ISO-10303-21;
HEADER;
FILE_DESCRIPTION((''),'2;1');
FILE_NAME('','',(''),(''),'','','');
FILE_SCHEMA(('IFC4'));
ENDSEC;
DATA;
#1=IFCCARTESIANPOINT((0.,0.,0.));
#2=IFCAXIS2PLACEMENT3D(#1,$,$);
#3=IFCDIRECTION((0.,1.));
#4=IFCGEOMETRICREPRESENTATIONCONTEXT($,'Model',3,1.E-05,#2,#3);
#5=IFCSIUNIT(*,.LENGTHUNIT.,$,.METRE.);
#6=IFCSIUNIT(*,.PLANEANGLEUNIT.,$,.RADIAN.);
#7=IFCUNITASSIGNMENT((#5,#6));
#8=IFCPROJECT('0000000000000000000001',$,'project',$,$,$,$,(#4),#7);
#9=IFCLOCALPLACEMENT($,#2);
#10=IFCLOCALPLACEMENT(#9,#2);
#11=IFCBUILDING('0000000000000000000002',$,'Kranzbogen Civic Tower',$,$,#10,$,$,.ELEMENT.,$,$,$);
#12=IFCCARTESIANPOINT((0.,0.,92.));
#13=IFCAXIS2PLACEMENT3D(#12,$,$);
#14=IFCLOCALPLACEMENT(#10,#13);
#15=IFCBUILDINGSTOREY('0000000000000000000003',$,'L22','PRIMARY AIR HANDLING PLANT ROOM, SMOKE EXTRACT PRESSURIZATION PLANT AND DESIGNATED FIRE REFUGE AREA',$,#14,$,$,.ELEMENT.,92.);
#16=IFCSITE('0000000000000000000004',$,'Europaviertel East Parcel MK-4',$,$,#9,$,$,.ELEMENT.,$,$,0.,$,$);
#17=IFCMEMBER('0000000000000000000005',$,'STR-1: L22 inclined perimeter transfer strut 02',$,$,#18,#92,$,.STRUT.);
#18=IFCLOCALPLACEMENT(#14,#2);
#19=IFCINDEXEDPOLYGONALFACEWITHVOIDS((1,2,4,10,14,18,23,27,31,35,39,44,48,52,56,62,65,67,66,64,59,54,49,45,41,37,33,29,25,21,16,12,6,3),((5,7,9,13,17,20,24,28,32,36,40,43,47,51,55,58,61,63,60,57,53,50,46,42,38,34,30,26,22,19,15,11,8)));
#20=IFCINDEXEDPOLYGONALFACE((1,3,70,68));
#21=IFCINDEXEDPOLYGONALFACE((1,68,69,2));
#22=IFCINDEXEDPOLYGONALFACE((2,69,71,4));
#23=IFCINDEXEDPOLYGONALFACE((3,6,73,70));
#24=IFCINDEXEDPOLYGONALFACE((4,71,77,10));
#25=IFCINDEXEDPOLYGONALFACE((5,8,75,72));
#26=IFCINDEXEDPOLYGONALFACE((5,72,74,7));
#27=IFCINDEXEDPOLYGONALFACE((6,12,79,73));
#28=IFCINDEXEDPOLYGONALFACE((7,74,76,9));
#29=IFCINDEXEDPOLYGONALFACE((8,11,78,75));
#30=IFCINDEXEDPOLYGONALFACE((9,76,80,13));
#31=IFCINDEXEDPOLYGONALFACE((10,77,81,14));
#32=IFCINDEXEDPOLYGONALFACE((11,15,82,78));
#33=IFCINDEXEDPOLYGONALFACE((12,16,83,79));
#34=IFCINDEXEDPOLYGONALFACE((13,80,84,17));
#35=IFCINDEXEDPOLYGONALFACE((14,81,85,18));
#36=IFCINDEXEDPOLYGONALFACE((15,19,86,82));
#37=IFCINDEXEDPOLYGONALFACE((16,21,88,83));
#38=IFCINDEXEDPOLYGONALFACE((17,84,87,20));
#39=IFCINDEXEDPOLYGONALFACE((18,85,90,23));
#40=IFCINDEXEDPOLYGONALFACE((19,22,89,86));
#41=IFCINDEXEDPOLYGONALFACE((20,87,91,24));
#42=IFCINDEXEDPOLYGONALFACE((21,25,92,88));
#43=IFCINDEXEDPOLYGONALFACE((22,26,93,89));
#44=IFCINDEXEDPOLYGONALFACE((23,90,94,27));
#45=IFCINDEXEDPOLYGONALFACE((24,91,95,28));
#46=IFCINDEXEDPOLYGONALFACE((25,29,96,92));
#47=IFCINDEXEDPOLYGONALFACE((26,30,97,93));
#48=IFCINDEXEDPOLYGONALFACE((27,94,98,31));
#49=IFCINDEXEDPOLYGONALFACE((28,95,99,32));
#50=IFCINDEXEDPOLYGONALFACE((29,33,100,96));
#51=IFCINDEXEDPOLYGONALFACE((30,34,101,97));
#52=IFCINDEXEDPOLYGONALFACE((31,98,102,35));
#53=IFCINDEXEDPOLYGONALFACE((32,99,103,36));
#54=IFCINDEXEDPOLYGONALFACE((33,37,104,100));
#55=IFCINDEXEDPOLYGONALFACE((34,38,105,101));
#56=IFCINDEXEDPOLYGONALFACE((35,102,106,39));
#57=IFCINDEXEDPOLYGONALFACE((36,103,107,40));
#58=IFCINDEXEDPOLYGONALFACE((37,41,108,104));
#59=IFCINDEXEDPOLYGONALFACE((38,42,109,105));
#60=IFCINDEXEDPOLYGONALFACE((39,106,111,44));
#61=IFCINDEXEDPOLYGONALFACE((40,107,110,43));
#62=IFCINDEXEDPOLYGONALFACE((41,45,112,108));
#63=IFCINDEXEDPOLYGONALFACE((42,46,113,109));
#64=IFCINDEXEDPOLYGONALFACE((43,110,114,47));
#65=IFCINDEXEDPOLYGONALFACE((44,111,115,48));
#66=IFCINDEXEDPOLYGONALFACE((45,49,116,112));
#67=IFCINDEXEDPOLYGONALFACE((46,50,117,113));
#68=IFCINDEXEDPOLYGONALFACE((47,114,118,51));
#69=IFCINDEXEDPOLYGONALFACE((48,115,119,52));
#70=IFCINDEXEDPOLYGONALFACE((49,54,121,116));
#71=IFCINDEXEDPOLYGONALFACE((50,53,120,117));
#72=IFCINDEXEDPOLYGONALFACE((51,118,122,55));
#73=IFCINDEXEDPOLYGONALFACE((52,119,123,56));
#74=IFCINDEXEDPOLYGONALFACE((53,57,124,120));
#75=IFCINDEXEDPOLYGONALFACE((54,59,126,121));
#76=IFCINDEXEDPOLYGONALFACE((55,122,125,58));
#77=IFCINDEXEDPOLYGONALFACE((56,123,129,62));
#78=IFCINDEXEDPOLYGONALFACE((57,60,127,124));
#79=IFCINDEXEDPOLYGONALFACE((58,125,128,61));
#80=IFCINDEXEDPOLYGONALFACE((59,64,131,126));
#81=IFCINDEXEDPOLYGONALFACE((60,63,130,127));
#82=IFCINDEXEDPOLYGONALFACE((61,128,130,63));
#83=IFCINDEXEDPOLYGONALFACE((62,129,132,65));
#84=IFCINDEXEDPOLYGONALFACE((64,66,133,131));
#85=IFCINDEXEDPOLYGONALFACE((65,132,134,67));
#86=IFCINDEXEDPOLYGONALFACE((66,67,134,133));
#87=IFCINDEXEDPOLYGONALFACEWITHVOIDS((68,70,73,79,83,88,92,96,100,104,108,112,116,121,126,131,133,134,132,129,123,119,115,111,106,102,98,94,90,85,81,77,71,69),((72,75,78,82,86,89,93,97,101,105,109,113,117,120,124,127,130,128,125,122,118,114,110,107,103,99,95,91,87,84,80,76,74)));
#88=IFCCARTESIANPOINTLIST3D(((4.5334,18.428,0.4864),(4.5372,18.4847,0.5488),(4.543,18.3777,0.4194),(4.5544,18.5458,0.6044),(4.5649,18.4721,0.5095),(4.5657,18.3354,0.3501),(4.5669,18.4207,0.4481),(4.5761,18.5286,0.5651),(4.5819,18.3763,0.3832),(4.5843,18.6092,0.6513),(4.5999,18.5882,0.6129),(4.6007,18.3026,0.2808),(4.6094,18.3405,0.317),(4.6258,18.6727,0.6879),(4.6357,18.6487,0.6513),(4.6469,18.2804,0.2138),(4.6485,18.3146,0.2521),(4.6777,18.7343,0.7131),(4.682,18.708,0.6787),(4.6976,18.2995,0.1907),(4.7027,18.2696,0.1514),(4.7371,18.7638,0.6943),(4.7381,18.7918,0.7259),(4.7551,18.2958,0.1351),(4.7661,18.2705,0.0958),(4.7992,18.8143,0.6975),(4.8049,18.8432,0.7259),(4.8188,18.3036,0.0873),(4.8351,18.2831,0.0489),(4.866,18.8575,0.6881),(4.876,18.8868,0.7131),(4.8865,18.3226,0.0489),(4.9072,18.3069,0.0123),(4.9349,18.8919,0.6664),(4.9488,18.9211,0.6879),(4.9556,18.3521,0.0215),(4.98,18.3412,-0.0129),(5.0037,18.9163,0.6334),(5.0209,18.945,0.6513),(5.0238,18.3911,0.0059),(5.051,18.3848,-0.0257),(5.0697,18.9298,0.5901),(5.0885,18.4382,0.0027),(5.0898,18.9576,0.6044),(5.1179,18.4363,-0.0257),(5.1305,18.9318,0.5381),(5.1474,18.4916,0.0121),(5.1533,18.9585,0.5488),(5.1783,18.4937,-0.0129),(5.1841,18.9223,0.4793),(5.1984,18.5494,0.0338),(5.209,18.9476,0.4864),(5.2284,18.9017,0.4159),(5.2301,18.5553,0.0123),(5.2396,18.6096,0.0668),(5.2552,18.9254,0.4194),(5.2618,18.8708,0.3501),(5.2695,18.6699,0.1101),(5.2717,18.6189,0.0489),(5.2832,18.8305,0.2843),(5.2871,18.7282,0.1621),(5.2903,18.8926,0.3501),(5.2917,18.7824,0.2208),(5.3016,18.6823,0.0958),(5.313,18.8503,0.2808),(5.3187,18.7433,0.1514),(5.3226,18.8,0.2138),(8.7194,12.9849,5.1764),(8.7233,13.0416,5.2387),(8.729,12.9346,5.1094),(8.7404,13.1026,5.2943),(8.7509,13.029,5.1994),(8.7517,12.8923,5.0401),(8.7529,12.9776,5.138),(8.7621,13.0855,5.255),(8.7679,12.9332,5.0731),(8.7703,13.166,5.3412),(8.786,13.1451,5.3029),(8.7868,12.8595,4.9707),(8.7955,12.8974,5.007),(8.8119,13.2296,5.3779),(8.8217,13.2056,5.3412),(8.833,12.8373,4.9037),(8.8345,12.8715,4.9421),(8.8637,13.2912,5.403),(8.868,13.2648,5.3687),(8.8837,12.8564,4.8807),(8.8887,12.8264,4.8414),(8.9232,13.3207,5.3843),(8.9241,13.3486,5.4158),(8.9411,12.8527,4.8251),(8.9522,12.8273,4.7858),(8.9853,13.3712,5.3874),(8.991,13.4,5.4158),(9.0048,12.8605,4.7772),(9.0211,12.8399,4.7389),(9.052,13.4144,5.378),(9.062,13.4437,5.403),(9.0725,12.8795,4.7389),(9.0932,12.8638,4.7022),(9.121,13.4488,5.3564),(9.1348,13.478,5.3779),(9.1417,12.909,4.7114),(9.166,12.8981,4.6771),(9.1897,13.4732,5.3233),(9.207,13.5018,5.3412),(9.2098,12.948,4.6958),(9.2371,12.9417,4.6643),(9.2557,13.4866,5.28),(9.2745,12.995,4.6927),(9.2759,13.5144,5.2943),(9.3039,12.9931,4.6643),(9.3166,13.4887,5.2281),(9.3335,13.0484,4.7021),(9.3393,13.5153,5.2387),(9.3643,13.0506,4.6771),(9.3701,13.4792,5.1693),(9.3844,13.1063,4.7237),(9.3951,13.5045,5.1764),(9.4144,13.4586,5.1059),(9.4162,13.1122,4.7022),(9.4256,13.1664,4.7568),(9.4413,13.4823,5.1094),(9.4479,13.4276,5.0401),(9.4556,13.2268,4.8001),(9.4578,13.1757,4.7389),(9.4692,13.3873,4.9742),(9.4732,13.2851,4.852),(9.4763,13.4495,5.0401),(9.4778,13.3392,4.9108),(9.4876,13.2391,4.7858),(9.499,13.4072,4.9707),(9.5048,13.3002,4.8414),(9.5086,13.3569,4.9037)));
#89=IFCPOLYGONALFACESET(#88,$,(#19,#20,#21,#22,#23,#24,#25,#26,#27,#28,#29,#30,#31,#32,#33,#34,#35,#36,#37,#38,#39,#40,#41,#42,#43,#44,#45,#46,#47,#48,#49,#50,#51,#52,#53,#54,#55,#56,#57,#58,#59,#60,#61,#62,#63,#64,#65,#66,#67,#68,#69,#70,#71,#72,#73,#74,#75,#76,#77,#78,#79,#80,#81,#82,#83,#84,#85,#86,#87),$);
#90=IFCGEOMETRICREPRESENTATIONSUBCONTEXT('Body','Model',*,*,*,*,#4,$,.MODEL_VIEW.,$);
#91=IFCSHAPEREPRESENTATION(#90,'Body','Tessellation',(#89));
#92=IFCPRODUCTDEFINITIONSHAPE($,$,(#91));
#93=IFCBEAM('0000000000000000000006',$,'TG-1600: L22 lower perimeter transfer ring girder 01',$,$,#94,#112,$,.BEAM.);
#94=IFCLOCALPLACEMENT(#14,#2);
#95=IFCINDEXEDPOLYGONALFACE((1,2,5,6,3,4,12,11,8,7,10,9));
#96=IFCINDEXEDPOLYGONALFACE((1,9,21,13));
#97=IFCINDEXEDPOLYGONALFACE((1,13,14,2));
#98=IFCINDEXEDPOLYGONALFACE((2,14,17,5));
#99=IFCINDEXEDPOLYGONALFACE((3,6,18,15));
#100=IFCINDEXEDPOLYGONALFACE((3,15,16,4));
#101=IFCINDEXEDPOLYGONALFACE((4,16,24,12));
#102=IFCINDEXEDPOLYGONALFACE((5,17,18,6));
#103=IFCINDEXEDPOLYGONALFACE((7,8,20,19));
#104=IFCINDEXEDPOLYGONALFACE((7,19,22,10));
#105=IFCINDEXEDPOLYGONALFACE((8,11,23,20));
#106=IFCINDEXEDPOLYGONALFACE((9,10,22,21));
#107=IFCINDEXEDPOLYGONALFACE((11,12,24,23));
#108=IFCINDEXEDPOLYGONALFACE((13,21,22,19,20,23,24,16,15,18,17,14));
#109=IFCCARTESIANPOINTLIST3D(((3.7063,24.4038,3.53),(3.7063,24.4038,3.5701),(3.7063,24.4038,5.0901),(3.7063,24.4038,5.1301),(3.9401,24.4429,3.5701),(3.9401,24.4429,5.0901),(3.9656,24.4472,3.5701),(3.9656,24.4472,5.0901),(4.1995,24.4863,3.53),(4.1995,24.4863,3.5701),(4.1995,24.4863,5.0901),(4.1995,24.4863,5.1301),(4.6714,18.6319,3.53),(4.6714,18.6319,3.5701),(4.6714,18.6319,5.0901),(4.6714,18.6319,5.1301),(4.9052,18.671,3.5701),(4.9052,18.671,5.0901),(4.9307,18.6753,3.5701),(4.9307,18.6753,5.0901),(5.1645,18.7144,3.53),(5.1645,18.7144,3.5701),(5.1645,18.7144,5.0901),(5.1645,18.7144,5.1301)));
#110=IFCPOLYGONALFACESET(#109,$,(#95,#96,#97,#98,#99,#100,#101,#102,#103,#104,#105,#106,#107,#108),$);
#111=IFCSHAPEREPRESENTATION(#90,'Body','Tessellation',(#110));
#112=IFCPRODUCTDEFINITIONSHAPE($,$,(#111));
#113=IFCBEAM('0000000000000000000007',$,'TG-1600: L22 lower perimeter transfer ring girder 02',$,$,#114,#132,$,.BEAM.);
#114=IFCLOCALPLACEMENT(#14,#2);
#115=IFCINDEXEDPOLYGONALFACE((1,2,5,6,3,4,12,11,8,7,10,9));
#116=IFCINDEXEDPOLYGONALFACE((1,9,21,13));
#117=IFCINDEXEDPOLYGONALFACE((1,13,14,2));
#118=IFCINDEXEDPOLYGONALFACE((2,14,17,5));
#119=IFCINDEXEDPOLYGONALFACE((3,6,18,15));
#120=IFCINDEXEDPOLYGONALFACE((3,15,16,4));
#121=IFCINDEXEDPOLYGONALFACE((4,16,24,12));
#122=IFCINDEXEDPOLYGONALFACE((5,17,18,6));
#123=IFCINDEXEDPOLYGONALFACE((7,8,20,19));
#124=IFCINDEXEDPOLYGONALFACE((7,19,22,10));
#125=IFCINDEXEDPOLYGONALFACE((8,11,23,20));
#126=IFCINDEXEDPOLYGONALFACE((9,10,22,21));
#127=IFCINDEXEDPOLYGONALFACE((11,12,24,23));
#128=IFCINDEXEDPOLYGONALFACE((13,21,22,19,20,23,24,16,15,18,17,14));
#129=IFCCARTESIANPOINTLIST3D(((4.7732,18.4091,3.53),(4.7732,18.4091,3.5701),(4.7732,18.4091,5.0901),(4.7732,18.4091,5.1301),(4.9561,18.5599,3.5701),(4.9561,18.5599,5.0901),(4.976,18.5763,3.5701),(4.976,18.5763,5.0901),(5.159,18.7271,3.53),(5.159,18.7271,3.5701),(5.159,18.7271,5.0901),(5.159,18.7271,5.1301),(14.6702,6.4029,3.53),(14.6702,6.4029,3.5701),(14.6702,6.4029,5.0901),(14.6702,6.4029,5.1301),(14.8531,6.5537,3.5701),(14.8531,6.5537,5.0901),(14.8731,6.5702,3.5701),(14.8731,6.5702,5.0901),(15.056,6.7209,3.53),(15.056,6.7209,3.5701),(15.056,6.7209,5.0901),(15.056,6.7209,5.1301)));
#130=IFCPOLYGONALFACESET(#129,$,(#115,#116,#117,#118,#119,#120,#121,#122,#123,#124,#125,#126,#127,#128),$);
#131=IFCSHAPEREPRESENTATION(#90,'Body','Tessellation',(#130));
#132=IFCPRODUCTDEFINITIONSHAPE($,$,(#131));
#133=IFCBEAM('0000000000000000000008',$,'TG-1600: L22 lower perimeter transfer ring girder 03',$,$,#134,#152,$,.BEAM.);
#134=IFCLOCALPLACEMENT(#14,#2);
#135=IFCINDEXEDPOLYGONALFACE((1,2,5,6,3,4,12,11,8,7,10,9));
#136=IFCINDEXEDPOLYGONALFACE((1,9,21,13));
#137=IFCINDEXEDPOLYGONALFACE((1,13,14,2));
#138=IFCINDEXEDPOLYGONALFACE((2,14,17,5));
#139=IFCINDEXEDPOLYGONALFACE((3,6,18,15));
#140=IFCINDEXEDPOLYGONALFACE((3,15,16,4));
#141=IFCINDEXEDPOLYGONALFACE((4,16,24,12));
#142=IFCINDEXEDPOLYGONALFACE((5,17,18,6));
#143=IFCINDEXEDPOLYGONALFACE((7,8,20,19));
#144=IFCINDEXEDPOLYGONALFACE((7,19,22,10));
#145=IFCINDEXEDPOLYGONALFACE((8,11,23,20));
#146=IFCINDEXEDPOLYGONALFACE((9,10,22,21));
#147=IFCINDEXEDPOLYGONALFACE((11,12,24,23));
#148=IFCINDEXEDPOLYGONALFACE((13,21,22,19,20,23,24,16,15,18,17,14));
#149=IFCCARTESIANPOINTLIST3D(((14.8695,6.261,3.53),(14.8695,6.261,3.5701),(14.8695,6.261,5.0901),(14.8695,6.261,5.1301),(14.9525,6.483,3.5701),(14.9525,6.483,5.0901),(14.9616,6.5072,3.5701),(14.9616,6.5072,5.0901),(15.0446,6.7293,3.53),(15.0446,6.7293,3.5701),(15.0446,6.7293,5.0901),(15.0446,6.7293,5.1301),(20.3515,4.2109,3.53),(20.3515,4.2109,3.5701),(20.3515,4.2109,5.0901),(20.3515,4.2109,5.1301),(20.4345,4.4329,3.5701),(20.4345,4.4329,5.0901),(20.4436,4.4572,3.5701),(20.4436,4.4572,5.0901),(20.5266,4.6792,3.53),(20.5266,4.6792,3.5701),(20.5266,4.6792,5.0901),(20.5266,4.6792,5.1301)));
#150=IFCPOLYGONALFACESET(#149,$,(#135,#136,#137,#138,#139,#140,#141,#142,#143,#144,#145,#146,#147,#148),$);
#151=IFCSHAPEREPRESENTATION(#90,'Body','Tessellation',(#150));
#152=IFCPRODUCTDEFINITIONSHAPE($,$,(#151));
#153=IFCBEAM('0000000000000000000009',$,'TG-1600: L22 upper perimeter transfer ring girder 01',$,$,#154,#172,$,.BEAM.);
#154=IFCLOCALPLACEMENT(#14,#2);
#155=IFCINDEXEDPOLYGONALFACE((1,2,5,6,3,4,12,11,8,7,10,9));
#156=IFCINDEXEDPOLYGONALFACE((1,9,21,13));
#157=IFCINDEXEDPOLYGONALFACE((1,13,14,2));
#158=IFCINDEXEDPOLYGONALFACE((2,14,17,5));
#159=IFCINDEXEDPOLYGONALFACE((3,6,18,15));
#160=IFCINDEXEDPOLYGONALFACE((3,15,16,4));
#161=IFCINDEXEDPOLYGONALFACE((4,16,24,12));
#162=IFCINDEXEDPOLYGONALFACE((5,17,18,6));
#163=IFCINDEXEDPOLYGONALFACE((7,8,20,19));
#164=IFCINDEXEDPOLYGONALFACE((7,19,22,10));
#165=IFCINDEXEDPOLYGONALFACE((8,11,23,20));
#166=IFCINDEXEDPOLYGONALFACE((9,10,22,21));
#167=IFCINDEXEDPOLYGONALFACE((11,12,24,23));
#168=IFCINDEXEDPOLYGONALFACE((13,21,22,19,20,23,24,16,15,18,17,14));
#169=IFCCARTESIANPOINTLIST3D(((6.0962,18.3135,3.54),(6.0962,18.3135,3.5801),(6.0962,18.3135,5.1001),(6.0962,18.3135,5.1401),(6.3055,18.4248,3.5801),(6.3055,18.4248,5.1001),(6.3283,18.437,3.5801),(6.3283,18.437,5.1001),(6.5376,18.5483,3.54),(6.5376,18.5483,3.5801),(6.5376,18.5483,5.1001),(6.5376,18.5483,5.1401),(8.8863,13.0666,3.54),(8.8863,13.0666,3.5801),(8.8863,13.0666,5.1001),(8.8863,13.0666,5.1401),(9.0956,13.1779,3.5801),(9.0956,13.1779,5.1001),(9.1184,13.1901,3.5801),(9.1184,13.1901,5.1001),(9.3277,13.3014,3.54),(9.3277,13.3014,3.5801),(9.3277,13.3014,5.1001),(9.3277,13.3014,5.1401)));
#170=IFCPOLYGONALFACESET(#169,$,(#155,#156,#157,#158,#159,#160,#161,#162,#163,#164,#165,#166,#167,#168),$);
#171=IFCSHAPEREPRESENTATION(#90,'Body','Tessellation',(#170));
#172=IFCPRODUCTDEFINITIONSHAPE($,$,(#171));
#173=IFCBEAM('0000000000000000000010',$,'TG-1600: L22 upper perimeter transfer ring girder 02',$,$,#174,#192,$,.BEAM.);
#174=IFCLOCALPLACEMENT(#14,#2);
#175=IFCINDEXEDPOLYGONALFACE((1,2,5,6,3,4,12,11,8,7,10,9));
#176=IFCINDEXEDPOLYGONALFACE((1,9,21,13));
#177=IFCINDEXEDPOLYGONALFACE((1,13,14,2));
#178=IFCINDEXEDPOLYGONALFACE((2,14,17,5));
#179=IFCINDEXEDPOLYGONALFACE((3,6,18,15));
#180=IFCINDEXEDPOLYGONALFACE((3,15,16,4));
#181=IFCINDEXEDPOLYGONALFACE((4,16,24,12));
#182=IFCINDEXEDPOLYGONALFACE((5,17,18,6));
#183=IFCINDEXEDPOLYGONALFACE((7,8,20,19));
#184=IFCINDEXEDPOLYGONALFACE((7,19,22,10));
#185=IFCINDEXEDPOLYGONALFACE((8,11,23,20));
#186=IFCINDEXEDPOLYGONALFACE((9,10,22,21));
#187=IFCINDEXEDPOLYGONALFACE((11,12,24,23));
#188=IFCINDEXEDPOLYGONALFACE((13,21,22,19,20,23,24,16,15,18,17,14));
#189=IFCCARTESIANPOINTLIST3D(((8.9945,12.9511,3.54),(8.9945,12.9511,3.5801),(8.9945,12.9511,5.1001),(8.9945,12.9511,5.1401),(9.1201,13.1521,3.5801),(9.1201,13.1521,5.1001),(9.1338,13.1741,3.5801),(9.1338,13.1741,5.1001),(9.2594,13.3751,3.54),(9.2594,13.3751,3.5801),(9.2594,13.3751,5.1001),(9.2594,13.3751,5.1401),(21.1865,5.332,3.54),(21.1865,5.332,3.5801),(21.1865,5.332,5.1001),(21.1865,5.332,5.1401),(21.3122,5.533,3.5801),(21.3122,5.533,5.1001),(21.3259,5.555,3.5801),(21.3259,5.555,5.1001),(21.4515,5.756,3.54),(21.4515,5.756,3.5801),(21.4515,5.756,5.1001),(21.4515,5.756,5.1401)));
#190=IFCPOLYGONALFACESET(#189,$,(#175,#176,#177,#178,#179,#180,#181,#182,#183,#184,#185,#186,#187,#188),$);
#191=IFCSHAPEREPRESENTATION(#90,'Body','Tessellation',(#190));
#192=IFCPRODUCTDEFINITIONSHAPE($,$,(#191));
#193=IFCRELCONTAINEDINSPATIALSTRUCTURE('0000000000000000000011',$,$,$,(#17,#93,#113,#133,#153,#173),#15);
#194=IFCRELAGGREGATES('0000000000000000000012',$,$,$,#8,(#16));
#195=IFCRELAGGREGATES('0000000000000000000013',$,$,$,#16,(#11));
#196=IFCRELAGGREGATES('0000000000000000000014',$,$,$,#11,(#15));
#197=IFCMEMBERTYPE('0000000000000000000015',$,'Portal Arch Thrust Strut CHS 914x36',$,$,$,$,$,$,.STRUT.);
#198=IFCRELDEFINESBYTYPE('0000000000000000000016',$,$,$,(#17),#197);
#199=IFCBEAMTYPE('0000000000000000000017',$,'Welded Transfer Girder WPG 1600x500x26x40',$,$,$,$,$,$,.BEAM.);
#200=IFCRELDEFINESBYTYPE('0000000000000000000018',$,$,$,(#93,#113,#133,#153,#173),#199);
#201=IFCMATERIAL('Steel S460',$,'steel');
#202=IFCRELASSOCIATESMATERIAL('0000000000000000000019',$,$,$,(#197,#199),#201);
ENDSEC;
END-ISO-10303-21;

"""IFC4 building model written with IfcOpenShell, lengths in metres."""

from ifc_helpers import new_model, si_unit, direction, frame, origin, origin_2d, place, context, subcontext, project, spatial, hollow_circle, i_section, extrude, material, material_profile, profile_set, type_object, element, save


model = new_model("IFC4")

# Units and contexts
model_context = context("Model", 3, precision=1e-05, world=origin(), true_north=direction((0.0, 1.0)))
body_context = subcontext(model_context, "Body", "Model", "MODEL_VIEW")
ifc_project = project(units=[si_unit("LENGTHUNIT", "METRE"), si_unit("PLANEANGLEUNIT", "RADIAN")], contexts=[model_context])

# Site, building, storey
site_placement = place(None, origin())
site = spatial("IfcSite", under=ifc_project, at=site_placement, Name="Europaviertel East Parcel MK-4", CompositionType="ELEMENT", RefElevation=0.0)
building_placement = place(site_placement, origin())
building = spatial("IfcBuilding", under=site, at=building_placement, Name="Kranzbogen Civic Tower", CompositionType="ELEMENT")
storey_placement = place(building_placement, frame((0.0, 0.0, 92.0)))
storey = spatial("IfcBuildingStorey", under=building, at=storey_placement, Name="L22", Description="PRIMARY AIR HANDLING PLANT ROOM, SMOKE EXTRACT PRESSURIZATION PLANT AND DESIGNATED FIRE REFUGE AREA", CompositionType="ELEMENT", Elevation=92.0)

# Member
ifc_material_1 = material(Name="Steel S460", Category="steel")
ifc_material_profile_1 = material_profile(ifc_material_1, hollow_circle(Radius=0.457, WallThickness=0.0359, at=origin_2d()), Name="CHS 914x36")
ifc_profile_set_1 = profile_set([ifc_material_profile_1], Name="Steel S460")
member_type_1 = type_object("IfcMemberType", Name="Portal Arch Thrust Strut CHS 914x36", PredefinedType="STRUT", material=ifc_profile_set_1)
member_1_placement = place(storey_placement, frame((4.928, 18.614, 0.3501), z_axis=(0.503407, -0.654582, 0.564006), x_axis=(0.792693, 0.609621, 0.0)))
element("IfcMember", 1, at=member_1_placement, inside=storey, type_object=member_type_1, Name="STR-1: L22 inclined perimeter transfer strut 02", PredefinedType="STRUT", context=body_context, shape_type="SweptSolid", body=[
    extrude(hollow_circle(Radius=0.457, WallThickness=0.0359, at=origin_2d()), origin(), (0.0, 0.0, 1.0), 8.3154),
])

# Beams
ifc_material_profile_2 = material_profile(ifc_material_1, i_section(OverallWidth=0.5, OverallDepth=1.6001, WebThickness=0.0259, FlangeThickness=0.04, at=origin_2d()), Name="WPG 1600x500x26x40")
ifc_profile_set_2 = profile_set([ifc_material_profile_2], Name="Steel S460")
beam_type = type_object("IfcBeamType", Name="Welded Transfer Girder WPG 1600x500x26x40", PredefinedType="BEAM", material=ifc_profile_set_2)
beam_1_placement = place(storey_placement, frame((3.9529, 24.4451, 4.3301), z_axis=(0.164913, -0.986308, 0.0), x_axis=(0.986308, 0.164913, 0.0)))
element("IfcBeam", 2, at=beam_1_placement, inside=storey, type_object=beam_type, Name="TG-1600: L22 lower perimeter transfer ring girder 01", PredefinedType="BEAM", context=body_context, shape_type="SweptSolid", body=[
    extrude(i_section(OverallWidth=0.5, OverallDepth=1.6001, WebThickness=0.0259, FlangeThickness=0.04, at=origin_2d()), origin(), (0.0, 0.0, 1.0), 5.8521),
])
beam_2_placement = place(storey_placement, frame((4.9661, 18.5681, 4.3301), z_axis=(0.636075, -0.771628, 0.0), x_axis=(0.771628, 0.636075, 0.0)))
element("IfcBeam", 3, at=beam_2_placement, inside=storey, type_object=beam_type, Name="TG-1600: L22 lower perimeter transfer ring girder 02", PredefinedType="BEAM", context=body_context, shape_type="SweptSolid", body=[
    extrude(i_section(OverallWidth=0.5, OverallDepth=1.6001, WebThickness=0.0259, FlangeThickness=0.04, at=origin_2d()), origin(), (0.0, 0.0, 1.0), 15.5596),
])
beam_3_placement = place(storey_placement, frame((14.957, 6.4951, 4.3301), z_axis=(0.936648, -0.350273, 0.0), x_axis=(0.350273, 0.936648, 0.0)))
element("IfcBeam", 4, at=beam_3_placement, inside=storey, type_object=beam_type, Name="TG-1600: L22 lower perimeter transfer ring girder 03", PredefinedType="BEAM", context=body_context, shape_type="SweptSolid", body=[
    extrude(i_section(OverallWidth=0.5, OverallDepth=1.6001, WebThickness=0.0259, FlangeThickness=0.04, at=origin_2d()), origin(), (0.0, 0.0, 1.0), 5.8528),
])
beam_4_placement = place(storey_placement, frame((6.3169, 18.4309, 4.3401), z_axis=(0.469505, -0.88293, 0.0), x_axis=(0.88293, 0.469505, 0.0)))
element("IfcBeam", 5, at=beam_4_placement, inside=storey, type_object=beam_type, Name="TG-1600: L22 upper perimeter transfer ring girder 01", PredefinedType="BEAM", context=body_context, shape_type="SweptSolid", body=[
    extrude(i_section(OverallWidth=0.5, OverallDepth=1.6001, WebThickness=0.0259, FlangeThickness=0.04, at=origin_2d()), origin(), (0.0, 0.0, 1.0), 5.9426),
])
beam_5_placement = place(storey_placement, frame((9.127, 13.1631, 4.3401), z_axis=(0.848028, -0.529952, 0.0), x_axis=(0.529952, 0.848028, 0.0)))
element("IfcBeam", 6, at=beam_5_placement, inside=storey, type_object=beam_type, Name="TG-1600: L22 upper perimeter transfer ring girder 02", PredefinedType="BEAM", context=body_context, shape_type="SweptSolid", body=[
    extrude(i_section(OverallWidth=0.5, OverallDepth=1.6001, WebThickness=0.0259, FlangeThickness=0.04, at=origin_2d()), origin(), (0.0, 0.0, 1.0), 14.377),
])

save(model, "model.ifc")
